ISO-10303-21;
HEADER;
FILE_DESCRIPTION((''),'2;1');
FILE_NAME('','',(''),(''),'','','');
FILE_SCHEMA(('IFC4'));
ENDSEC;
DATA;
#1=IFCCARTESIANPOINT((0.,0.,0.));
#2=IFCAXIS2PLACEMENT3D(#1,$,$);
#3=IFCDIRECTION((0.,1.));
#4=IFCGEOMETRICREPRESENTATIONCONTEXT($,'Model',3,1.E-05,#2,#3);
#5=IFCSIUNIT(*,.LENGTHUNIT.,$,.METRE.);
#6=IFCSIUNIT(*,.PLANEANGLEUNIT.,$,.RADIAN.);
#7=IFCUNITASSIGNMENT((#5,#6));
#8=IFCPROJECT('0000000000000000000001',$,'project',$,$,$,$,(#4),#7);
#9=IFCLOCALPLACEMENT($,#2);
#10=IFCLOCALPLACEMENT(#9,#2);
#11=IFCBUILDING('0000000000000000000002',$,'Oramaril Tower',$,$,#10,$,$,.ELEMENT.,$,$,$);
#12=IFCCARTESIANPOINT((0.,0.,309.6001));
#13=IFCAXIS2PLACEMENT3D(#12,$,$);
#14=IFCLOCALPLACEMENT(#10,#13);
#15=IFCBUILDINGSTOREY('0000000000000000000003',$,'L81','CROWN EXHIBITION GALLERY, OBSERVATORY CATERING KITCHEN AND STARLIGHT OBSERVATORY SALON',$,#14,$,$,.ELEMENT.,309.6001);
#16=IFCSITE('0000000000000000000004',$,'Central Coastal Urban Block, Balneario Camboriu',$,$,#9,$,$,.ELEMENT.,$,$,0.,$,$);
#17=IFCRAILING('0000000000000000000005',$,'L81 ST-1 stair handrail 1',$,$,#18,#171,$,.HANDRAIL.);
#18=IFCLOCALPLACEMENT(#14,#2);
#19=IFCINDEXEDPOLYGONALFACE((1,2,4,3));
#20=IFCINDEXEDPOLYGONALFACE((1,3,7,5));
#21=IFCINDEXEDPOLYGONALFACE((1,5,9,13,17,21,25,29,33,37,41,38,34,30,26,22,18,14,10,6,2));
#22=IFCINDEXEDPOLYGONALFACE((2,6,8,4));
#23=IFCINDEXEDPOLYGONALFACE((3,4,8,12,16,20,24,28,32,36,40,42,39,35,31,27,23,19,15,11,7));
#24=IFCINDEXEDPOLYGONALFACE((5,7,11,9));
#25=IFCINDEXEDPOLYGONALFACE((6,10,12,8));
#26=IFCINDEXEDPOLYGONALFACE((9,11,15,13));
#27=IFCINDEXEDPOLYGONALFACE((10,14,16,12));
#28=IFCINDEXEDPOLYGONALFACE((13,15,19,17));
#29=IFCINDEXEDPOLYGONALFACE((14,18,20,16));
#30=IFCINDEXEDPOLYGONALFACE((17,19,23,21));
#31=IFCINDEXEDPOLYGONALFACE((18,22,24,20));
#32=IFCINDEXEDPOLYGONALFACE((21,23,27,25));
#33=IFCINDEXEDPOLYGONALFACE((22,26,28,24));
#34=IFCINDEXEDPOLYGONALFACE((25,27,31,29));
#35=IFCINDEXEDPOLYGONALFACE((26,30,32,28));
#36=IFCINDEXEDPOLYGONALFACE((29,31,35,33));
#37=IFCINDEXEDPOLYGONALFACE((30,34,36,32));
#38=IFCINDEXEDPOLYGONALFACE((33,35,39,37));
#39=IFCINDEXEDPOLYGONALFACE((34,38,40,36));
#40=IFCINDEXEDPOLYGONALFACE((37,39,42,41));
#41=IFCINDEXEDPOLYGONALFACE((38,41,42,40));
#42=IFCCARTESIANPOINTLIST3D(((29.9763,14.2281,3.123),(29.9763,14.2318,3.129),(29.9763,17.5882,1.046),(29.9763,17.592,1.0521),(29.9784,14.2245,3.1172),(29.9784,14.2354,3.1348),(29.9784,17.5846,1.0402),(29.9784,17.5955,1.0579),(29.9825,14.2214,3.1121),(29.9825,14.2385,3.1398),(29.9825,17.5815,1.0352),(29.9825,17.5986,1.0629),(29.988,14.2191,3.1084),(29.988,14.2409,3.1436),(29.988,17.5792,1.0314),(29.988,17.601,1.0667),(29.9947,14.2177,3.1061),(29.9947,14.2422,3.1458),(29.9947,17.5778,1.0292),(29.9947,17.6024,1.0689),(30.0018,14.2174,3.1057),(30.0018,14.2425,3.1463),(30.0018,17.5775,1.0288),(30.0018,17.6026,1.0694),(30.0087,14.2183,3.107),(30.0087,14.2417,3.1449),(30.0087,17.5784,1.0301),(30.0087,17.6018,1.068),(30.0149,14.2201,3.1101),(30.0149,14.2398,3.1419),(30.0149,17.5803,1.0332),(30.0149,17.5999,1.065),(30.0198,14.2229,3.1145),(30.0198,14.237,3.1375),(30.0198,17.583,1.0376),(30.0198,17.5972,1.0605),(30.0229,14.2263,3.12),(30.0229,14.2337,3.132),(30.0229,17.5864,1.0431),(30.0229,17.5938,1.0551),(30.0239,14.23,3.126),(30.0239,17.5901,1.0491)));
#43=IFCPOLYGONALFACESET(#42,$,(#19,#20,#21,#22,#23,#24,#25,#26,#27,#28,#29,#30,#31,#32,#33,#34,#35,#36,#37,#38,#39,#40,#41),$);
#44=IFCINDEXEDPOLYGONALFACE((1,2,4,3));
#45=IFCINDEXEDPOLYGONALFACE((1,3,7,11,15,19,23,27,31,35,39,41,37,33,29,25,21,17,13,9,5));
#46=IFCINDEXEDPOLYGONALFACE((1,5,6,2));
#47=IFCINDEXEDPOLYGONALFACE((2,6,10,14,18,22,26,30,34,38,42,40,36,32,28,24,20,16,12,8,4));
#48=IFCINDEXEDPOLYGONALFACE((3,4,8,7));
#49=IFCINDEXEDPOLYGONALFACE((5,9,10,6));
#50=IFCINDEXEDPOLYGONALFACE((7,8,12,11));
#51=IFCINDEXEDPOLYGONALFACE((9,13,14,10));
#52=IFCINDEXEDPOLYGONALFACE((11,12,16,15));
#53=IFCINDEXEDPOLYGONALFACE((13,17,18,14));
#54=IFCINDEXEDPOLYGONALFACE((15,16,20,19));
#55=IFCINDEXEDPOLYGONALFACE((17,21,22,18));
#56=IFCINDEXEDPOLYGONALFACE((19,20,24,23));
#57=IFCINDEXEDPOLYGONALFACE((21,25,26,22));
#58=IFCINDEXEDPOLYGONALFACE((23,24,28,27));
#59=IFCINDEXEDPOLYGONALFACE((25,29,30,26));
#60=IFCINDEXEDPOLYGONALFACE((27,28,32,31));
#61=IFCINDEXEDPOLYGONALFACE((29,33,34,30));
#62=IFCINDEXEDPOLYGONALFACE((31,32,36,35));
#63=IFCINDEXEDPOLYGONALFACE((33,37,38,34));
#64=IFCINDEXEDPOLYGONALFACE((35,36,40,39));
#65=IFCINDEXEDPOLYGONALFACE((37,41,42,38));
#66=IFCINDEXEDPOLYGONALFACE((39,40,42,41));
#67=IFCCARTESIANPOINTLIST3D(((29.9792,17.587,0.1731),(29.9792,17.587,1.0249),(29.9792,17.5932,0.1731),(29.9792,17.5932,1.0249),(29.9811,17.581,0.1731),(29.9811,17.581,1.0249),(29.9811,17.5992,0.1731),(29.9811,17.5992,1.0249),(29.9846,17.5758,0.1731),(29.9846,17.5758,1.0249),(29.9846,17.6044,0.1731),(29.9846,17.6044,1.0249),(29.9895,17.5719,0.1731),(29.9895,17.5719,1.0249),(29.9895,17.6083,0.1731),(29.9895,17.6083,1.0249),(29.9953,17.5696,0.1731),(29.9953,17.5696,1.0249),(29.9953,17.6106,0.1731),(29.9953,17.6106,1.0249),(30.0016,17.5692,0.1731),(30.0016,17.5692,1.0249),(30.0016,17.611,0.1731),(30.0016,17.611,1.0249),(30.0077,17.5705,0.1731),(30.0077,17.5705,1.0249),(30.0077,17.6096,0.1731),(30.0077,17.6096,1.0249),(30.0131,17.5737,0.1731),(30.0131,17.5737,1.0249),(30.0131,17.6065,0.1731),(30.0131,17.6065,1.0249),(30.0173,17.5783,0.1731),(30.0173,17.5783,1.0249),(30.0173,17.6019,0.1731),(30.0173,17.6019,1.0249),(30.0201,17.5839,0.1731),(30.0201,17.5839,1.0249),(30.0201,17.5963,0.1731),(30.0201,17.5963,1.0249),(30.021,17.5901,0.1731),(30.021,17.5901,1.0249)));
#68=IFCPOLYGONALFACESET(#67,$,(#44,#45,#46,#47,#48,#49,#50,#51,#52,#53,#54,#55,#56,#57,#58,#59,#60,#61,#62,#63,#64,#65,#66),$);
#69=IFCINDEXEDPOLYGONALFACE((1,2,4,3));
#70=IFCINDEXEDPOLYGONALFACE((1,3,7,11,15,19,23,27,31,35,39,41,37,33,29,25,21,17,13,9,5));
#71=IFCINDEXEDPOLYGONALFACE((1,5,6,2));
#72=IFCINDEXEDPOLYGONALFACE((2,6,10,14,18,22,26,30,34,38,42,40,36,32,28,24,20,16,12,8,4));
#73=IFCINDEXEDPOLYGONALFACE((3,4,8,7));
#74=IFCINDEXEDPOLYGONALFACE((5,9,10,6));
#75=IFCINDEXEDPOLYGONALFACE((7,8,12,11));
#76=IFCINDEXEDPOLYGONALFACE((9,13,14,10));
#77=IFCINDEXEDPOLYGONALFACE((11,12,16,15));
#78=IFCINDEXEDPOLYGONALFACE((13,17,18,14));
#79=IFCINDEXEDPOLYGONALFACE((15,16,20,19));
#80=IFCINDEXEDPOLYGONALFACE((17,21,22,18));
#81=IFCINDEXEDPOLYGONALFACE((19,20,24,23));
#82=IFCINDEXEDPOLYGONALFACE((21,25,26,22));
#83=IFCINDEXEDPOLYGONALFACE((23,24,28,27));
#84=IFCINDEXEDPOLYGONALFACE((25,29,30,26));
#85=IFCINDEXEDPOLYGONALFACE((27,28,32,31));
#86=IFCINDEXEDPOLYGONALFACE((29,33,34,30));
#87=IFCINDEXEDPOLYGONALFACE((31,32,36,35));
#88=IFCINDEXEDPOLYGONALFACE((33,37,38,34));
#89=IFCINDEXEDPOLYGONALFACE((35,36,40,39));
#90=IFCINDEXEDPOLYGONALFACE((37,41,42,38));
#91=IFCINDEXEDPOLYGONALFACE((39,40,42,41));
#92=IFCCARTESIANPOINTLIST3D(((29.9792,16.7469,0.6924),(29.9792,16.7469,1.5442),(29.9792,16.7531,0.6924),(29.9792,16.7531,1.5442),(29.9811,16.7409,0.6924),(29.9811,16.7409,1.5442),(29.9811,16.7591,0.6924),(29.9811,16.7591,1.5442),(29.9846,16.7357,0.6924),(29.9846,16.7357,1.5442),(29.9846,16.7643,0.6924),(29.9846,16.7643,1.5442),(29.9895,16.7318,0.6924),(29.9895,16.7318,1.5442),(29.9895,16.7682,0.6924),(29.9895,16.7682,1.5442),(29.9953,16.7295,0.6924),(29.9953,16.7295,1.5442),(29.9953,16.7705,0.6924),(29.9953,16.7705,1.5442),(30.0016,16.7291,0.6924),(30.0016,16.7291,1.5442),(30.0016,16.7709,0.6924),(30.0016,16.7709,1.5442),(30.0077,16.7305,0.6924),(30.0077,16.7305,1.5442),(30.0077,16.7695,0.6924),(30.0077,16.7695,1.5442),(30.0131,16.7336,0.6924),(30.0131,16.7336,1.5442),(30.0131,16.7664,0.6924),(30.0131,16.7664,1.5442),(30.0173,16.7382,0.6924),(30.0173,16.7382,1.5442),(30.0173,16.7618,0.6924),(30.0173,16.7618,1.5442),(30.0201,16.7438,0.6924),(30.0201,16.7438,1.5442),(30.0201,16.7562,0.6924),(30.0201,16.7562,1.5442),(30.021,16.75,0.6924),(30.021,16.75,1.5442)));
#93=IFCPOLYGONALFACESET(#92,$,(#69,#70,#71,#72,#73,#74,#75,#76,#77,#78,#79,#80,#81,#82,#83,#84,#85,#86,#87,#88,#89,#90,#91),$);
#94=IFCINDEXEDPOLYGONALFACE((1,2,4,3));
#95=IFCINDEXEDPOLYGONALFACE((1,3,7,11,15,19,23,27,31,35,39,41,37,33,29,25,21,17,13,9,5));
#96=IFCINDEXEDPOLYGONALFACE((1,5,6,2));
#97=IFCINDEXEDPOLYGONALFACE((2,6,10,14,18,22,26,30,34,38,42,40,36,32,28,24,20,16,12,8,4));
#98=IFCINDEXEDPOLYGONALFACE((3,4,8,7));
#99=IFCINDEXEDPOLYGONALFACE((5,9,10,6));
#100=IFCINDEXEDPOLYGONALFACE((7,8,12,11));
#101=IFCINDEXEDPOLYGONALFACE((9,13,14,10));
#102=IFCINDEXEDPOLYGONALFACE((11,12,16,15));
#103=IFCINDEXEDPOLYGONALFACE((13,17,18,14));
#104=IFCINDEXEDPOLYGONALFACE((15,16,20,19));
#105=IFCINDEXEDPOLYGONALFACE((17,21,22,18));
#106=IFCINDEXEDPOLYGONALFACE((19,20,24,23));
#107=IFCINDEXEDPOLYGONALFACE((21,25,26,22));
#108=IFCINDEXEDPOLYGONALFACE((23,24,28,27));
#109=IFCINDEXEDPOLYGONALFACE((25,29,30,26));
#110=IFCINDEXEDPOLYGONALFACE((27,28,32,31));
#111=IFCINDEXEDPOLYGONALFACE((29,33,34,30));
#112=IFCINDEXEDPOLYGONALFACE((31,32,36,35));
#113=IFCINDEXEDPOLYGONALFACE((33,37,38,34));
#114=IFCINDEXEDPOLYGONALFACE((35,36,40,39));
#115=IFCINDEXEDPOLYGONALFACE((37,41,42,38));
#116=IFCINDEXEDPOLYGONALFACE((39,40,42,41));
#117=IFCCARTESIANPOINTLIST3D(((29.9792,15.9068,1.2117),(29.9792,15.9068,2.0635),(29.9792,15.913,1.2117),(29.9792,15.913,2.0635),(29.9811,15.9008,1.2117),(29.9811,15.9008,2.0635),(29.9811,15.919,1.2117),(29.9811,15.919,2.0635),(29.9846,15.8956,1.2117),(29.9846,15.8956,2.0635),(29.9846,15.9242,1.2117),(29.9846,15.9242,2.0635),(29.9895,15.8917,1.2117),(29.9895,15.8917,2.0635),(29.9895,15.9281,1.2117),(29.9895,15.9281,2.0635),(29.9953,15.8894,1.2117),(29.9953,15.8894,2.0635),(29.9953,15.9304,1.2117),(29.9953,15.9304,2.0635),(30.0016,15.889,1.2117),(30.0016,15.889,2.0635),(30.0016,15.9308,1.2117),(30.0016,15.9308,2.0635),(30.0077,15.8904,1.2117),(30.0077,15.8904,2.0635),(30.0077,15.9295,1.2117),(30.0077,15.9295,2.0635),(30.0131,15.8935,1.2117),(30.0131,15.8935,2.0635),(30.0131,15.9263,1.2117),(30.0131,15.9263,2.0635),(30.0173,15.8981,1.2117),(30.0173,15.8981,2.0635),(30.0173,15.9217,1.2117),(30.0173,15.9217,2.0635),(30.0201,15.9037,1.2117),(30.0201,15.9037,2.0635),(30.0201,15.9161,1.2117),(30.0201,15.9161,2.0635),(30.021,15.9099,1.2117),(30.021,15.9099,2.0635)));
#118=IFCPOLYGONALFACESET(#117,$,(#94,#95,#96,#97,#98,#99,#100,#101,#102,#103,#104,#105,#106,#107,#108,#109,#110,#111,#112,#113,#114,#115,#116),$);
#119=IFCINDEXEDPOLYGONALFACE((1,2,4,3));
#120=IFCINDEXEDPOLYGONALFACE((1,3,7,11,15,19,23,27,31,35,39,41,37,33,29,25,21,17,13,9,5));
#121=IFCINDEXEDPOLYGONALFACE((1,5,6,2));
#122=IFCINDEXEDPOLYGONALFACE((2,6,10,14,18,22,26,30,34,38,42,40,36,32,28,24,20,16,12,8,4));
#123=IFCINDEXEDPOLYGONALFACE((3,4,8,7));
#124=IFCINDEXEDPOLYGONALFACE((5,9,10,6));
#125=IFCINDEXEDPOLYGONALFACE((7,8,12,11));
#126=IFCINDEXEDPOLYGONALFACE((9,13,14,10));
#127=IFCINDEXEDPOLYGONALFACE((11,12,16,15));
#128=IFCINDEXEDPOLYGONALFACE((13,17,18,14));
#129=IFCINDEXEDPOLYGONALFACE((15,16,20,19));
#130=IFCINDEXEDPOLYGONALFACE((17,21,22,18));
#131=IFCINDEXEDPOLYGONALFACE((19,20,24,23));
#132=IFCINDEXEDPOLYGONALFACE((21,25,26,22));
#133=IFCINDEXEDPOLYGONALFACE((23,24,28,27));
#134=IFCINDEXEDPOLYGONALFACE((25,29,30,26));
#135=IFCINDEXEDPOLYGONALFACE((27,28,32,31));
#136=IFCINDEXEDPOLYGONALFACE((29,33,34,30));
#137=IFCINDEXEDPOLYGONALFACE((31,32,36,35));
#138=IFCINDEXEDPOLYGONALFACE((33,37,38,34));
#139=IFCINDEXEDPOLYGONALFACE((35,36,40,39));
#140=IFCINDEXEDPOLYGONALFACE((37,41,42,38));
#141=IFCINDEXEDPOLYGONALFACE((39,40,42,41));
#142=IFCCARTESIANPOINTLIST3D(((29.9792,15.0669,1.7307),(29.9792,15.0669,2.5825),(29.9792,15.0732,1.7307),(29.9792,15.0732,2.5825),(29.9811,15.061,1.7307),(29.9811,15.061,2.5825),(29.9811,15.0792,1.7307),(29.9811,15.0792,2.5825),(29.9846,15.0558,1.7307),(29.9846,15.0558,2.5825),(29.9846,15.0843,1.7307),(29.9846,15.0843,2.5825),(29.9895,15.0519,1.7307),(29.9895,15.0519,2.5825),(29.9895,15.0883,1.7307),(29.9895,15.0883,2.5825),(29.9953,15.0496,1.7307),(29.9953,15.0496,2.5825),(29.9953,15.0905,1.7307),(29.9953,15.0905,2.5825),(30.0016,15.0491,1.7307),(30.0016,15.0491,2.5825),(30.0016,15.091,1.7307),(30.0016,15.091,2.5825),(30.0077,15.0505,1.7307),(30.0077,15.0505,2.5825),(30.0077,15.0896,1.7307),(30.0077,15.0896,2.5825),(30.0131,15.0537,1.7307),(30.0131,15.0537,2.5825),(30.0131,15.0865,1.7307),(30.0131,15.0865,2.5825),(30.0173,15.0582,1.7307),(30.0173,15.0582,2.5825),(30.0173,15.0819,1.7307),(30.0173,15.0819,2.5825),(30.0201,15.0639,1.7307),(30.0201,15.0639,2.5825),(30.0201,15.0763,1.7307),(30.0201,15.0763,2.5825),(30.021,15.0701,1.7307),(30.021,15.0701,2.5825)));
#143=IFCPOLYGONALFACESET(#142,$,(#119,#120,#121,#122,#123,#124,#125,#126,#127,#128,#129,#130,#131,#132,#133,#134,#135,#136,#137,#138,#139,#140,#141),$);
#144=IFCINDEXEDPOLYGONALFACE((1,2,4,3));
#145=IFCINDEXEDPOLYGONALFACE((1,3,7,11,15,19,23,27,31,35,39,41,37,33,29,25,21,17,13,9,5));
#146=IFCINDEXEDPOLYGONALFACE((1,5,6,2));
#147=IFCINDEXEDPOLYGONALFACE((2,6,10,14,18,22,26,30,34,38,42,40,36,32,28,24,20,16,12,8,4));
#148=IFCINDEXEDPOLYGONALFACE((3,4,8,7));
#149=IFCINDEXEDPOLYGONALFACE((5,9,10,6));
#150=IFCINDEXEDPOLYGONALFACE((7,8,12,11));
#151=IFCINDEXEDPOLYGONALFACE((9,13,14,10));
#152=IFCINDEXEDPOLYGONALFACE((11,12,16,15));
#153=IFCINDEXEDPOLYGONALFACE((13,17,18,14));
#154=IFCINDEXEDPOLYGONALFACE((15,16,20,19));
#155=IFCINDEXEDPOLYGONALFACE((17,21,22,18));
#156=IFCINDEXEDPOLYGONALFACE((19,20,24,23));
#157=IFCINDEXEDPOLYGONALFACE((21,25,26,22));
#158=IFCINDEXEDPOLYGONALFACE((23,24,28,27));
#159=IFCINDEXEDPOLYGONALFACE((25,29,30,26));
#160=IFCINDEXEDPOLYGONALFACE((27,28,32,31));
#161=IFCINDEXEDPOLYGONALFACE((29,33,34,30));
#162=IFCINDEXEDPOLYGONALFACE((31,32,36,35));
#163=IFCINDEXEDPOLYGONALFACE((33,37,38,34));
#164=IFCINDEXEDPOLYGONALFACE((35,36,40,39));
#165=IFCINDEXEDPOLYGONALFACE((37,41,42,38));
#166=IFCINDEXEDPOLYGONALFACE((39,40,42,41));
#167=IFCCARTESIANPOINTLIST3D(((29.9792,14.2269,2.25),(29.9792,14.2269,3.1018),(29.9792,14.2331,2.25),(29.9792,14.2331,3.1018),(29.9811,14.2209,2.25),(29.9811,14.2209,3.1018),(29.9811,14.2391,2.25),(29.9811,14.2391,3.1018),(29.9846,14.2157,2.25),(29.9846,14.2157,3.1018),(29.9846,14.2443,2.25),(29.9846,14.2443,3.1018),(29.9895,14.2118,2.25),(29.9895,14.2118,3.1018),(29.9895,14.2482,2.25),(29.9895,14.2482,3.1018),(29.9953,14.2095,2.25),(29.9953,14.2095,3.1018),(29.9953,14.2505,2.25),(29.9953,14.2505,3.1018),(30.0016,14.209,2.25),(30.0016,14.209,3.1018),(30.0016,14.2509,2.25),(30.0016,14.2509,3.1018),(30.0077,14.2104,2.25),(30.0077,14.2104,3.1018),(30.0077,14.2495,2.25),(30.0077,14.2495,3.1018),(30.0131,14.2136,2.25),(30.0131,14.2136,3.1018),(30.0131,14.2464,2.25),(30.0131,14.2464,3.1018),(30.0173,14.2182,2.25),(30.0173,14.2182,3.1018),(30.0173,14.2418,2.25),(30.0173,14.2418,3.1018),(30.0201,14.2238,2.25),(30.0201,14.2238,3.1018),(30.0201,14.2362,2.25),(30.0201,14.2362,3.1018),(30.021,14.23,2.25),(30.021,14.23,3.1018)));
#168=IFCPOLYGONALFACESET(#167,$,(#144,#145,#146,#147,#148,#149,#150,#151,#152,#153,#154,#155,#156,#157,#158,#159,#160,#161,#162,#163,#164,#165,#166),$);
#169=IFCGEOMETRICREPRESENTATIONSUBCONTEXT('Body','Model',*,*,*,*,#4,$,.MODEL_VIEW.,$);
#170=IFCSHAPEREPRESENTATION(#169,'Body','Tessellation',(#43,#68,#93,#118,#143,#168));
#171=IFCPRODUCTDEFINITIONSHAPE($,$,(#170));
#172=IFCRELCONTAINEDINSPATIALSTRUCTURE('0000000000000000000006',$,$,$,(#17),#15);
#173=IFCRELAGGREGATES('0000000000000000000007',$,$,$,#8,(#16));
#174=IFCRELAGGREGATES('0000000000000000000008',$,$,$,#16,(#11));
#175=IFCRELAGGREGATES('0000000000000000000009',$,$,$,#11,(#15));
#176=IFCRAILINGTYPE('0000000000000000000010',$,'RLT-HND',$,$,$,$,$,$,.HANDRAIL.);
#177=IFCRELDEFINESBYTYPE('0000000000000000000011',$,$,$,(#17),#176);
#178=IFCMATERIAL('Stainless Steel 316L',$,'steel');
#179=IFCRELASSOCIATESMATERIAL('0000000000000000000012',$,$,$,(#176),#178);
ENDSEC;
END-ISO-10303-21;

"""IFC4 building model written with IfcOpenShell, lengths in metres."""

from ifc_helpers import new_model, si_unit, direction, frame, origin, origin_2d, place, context, subcontext, project, spatial, circle, extrude, material, type_object, element, save


model = new_model("IFC4")

# Units and contexts
model_context = context("Model", 3, precision=1e-05, world=origin(), true_north=direction((0.0, 1.0)))
body_context = subcontext(model_context, "Body", "Model", "MODEL_VIEW")
ifc_project = project(units=[si_unit("LENGTHUNIT", "METRE"), si_unit("PLANEANGLEUNIT", "RADIAN")], contexts=[model_context])

# Site, building, storey
site_placement = place(None, origin())
site = spatial("IfcSite", under=ifc_project, at=site_placement, Name="Central Coastal Urban Block, Balneario Camboriu", CompositionType="ELEMENT", RefElevation=0.0)
building_placement = place(site_placement, origin())
building = spatial("IfcBuilding", under=site, at=building_placement, Name="Oramaril Tower", CompositionType="ELEMENT")
storey_placement = place(building_placement, frame((0.0, 0.0, 309.6001)))
storey = spatial("IfcBuildingStorey", under=building, at=storey_placement, Name="L81", Description="CROWN EXHIBITION GALLERY, OBSERVATORY CATERING KITCHEN AND STARLIGHT OBSERVATORY SALON", CompositionType="ELEMENT", Elevation=309.6001)

# Railing
ifc_material_1 = material(Name="Stainless Steel 316L", Category="steel")
railing_type_1 = type_object("IfcRailingType", Name="RLT-HND", PredefinedType="HANDRAIL", material=ifc_material_1)
railing_1_placement = place(storey_placement, frame((30.0, 17.5901, 0.1731)))
element("IfcRailing", 1, at=railing_1_placement, inside=storey, type_object=railing_type_1, Name="L81 ST-1 stair handrail 1", PredefinedType="HANDRAIL", context=body_context, shape_type="SweptSolid", body=[
    extrude(circle(Radius=0.0239, at=origin_2d()), frame((0.0, 0.0, 0.876), z_axis=(0.0, -0.850623, 0.525776), x_axis=(1.0, 0.0, 0.0)), (0.0, 0.0, 1.0), 3.9502),
    extrude(circle(Radius=0.021, at=origin_2d()), origin(), (0.0, 0.0, 1.0), 0.8518),
    extrude(circle(Radius=0.021, at=origin_2d()), frame((0.0, -0.8401, 0.5193)), (0.0, 0.0, 1.0), 0.8518),
    extrude(circle(Radius=0.021, at=origin_2d()), frame((0.0, -1.6802, 1.0386)), (0.0, 0.0, 1.0), 0.8518),
    extrude(circle(Radius=0.021, at=origin_2d()), frame((0.0, -2.52, 1.5576)), (0.0, 0.0, 1.0), 0.8518),
    extrude(circle(Radius=0.021, at=origin_2d()), frame((0.0, -3.3601, 2.0769)), (0.0, 0.0, 1.0), 0.8518),
])

save(model, "model.ifc")
